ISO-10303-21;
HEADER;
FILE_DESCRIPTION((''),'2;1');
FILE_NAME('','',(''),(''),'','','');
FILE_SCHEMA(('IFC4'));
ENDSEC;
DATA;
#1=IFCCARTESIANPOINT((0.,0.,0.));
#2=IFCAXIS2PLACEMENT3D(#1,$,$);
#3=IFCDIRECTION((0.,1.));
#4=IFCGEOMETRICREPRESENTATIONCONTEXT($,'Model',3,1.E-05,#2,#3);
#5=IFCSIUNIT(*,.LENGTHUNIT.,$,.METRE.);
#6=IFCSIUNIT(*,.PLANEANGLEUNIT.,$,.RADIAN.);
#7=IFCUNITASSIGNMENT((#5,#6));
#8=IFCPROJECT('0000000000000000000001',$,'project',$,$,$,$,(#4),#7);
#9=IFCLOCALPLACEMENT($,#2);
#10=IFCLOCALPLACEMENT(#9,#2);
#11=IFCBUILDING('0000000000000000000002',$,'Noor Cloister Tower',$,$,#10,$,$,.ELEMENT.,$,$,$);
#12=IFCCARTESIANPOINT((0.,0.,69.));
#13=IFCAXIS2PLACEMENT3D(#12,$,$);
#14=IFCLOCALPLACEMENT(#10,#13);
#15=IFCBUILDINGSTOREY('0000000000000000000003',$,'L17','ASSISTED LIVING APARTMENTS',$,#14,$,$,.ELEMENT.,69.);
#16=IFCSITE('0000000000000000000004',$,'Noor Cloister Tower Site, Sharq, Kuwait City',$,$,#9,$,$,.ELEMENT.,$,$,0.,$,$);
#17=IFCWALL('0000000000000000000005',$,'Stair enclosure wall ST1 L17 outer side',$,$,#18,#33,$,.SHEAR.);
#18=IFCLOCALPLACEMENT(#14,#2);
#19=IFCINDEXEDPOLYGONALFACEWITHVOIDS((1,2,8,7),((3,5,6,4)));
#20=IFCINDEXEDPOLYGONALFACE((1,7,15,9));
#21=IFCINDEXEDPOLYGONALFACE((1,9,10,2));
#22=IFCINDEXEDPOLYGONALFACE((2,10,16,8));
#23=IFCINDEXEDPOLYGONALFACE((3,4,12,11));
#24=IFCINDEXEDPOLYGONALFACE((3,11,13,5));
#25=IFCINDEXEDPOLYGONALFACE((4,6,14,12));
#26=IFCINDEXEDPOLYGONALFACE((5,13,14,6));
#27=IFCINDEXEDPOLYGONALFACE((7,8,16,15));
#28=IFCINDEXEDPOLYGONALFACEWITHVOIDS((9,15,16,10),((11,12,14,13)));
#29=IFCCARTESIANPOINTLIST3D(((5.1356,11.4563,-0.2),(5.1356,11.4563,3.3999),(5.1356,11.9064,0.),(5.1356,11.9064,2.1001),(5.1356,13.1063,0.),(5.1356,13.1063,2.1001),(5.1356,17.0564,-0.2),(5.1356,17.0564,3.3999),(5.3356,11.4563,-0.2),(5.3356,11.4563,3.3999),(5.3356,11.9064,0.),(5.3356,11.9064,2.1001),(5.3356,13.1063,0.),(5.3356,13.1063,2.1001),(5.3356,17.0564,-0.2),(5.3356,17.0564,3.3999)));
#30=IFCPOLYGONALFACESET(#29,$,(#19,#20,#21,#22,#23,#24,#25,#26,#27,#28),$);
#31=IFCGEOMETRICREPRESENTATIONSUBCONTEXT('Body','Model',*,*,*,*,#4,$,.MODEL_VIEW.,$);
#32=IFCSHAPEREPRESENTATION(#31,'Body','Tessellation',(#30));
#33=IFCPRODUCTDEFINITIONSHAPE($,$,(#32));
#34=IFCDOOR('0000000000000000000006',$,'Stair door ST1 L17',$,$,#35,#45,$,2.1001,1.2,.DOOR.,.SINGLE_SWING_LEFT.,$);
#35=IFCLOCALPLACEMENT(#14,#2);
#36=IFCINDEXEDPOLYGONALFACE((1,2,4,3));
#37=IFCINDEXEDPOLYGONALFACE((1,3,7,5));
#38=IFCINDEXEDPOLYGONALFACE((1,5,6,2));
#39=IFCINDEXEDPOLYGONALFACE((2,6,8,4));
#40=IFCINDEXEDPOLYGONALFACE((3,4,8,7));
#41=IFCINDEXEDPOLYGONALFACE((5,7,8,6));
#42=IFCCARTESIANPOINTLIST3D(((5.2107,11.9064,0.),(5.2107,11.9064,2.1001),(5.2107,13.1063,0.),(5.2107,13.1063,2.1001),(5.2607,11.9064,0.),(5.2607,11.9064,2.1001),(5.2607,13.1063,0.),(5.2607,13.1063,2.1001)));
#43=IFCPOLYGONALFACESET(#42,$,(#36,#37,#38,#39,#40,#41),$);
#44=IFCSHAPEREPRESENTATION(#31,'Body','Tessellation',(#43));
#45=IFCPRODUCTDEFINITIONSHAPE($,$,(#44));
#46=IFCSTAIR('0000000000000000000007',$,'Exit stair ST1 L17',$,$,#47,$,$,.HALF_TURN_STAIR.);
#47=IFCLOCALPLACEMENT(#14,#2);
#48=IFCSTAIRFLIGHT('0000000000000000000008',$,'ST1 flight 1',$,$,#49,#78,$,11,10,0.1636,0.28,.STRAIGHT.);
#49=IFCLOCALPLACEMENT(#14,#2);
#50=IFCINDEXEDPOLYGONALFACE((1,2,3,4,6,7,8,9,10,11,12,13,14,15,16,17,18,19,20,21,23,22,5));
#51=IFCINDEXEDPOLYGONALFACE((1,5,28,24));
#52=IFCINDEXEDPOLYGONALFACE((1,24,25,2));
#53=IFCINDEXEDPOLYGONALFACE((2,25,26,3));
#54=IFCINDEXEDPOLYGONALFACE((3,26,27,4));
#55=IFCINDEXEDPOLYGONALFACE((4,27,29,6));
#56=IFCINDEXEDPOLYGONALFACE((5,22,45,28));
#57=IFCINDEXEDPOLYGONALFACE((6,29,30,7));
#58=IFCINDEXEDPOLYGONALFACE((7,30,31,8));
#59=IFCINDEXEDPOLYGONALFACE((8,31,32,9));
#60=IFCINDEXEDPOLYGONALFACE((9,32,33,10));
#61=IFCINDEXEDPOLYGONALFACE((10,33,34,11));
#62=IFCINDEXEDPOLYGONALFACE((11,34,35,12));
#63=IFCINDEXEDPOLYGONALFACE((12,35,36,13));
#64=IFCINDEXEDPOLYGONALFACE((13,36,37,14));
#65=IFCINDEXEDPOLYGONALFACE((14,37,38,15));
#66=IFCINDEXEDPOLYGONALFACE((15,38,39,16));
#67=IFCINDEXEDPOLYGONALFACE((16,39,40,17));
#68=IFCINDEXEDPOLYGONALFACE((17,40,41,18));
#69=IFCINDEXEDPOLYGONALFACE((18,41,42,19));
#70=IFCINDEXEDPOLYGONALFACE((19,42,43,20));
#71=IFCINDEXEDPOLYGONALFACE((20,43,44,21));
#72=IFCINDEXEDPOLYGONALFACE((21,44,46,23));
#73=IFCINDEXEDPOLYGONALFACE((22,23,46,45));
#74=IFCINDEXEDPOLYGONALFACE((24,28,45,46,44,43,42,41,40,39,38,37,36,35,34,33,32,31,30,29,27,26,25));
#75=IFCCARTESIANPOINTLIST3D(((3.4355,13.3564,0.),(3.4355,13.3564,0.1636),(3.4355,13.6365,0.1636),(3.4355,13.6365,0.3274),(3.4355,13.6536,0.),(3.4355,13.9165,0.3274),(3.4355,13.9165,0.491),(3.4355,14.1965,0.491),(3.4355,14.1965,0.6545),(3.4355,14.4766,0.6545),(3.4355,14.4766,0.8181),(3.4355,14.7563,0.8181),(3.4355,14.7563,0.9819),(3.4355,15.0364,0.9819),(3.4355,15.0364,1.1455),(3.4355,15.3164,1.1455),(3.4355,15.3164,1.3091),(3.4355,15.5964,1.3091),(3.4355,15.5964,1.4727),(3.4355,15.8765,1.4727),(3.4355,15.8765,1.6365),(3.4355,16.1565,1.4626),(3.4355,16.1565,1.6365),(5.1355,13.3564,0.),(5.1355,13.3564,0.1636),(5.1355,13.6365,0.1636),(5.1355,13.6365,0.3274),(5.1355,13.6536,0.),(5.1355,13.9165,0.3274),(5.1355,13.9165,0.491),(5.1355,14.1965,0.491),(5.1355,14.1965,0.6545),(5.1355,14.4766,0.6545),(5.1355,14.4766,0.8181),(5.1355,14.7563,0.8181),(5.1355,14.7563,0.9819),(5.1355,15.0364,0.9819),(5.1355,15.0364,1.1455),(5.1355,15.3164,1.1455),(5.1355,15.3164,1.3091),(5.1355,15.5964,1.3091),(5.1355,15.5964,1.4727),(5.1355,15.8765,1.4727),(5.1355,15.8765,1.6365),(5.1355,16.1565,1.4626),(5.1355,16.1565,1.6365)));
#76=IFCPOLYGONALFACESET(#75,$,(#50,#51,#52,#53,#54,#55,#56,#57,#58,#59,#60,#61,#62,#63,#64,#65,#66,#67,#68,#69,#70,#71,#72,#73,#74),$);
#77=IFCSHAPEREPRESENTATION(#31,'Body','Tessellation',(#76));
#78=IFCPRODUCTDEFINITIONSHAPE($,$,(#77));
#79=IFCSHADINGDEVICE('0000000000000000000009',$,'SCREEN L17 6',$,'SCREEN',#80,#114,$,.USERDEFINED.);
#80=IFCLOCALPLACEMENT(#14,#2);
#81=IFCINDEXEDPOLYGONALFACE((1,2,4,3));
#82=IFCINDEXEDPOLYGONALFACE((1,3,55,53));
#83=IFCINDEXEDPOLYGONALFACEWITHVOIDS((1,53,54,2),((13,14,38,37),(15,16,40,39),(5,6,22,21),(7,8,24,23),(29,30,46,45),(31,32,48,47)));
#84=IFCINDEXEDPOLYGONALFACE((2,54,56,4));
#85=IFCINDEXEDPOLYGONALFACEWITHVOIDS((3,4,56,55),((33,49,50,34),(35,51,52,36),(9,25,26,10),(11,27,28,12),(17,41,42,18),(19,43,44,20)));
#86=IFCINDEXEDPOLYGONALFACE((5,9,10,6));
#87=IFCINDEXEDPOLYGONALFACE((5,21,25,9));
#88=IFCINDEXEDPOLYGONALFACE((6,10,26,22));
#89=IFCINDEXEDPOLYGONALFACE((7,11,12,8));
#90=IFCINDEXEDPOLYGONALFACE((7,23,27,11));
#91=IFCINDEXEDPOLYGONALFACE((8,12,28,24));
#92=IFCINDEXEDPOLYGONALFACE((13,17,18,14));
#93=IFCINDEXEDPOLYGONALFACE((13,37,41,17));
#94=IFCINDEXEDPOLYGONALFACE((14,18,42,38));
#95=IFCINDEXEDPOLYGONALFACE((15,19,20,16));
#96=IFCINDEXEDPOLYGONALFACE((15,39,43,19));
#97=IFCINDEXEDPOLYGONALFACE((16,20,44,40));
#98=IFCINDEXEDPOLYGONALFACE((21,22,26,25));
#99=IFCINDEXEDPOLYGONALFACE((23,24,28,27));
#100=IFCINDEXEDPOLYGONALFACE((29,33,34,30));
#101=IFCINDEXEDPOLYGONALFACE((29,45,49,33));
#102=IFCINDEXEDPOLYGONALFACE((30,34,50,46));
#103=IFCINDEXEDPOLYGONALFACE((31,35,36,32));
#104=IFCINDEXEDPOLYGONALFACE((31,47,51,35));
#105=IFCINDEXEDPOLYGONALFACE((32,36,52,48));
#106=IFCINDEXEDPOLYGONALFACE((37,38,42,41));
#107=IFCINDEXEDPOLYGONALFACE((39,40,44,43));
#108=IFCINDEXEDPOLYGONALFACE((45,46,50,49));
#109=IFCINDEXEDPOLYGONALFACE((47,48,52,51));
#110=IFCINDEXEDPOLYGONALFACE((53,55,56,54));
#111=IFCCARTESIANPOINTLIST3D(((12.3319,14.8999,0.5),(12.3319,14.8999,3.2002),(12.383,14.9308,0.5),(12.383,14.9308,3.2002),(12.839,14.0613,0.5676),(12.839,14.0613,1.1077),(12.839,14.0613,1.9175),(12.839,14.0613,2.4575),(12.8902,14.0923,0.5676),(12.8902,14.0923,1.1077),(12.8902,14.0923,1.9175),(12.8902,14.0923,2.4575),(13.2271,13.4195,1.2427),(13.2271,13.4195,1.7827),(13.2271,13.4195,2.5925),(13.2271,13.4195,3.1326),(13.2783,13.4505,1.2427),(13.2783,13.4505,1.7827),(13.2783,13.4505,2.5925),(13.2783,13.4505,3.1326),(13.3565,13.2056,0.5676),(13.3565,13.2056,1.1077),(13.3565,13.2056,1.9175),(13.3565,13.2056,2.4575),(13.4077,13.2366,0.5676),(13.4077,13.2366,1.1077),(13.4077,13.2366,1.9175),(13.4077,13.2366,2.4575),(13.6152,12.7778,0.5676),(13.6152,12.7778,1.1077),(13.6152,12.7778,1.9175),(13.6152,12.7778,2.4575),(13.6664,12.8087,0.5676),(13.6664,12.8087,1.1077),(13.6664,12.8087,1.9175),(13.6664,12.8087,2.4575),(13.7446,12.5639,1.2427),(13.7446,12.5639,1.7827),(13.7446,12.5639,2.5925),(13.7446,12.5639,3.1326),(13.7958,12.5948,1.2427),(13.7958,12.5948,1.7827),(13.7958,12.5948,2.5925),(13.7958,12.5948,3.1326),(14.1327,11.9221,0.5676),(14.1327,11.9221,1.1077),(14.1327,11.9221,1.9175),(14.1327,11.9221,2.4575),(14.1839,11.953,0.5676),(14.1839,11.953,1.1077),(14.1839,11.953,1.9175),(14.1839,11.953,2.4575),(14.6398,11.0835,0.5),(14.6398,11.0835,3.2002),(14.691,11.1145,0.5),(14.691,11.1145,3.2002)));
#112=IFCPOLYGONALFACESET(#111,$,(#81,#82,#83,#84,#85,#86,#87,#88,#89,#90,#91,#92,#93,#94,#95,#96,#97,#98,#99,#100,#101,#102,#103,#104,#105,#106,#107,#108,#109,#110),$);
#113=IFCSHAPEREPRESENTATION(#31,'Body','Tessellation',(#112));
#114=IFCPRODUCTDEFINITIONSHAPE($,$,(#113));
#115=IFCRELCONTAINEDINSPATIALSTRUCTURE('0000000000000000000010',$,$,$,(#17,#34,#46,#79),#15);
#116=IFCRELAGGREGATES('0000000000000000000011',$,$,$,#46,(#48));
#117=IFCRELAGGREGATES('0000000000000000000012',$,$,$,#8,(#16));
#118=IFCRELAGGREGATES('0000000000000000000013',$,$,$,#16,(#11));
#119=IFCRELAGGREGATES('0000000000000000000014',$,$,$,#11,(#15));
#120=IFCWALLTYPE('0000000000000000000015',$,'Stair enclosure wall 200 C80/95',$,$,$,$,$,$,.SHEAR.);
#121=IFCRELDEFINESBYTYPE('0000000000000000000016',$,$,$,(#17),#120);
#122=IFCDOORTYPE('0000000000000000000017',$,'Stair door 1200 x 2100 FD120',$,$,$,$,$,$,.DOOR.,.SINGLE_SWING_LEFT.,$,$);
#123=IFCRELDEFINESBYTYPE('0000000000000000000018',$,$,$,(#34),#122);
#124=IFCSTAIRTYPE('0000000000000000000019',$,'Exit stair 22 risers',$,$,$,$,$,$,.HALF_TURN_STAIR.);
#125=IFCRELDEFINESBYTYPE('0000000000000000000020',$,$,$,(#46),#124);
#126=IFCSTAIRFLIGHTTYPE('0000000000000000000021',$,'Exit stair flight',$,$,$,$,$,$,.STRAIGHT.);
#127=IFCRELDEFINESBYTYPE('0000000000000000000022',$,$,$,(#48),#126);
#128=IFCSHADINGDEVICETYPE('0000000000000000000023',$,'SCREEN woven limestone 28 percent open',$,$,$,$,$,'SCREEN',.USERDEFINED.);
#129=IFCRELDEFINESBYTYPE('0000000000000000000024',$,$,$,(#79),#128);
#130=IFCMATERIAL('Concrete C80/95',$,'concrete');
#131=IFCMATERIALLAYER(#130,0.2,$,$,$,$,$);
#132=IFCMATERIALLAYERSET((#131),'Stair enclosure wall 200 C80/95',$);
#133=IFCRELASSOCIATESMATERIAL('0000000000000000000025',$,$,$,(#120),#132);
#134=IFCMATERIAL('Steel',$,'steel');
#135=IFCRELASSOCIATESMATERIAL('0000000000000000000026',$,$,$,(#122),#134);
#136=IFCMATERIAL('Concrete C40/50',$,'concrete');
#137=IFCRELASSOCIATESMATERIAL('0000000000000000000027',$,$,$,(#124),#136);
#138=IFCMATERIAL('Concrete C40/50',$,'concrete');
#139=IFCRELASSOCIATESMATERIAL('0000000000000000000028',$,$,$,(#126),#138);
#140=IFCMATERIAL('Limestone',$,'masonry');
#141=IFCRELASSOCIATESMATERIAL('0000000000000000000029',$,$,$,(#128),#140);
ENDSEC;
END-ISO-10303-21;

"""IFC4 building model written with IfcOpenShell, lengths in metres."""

from ifc_helpers import new_model, si_unit, direction, frame, frame_2d, origin, place, context, subcontext, project, spatial, polyline, rectangle, outline, extrude, material, layer, layer_set, material_profile, profile_set, type_object, element, fill, aggregate, save


model = new_model("IFC4")

# Units and contexts
model_context = context("Model", 3, precision=1e-05, world=origin(), true_north=direction((0.0, 1.0)))
body_context = subcontext(model_context, "Body", "Model", "MODEL_VIEW")
ifc_project = project(units=[si_unit("LENGTHUNIT", "METRE"), si_unit("PLANEANGLEUNIT", "RADIAN")], contexts=[model_context])

# Site, building, storey
site_placement = place(None, origin())
site = spatial("IfcSite", under=ifc_project, at=site_placement, Name="Noor Cloister Tower Site, Sharq, Kuwait City", CompositionType="ELEMENT", RefElevation=0.0)
building_placement = place(site_placement, origin())
building = spatial("IfcBuilding", under=site, at=building_placement, Name="Noor Cloister Tower", CompositionType="ELEMENT")
storey_placement = place(building_placement, frame((0.0, 0.0, 69.0)))
storey = spatial("IfcBuildingStorey", under=building, at=storey_placement, Name="L17", Description="ASSISTED LIVING APARTMENTS", CompositionType="ELEMENT", Elevation=69.0)

# Wall, opening, door
ifc_material_1 = material(Name="Concrete C80/95", Category="concrete")
ifc_layer_1 = layer(ifc_material_1, 0.2)
ifc_layer_set_1 = layer_set([ifc_layer_1], Name="Stair enclosure wall 200 C80/95")
wall_type_1 = type_object("IfcWallType", Name="Stair enclosure wall 200 C80/95", PredefinedType="SHEAR", material=ifc_layer_set_1)
ifc_material_2 = material(Name="Steel", Category="steel")
door_type_1 = type_object("IfcDoorType", Name="Stair door 1200 x 2100 FD120", OperationType="SINGLE_SWING_LEFT", PredefinedType="DOOR", material=ifc_material_2)
wall_1_placement = place(storey_placement, frame((5.2356, 11.4563, -0.2), z_axis=(0.0, 0.0, 1.0), x_axis=(0.0, 1.0, 0.0)))
wall_1 = element("IfcWall", 1, at=wall_1_placement, inside=storey, type_object=wall_type_1, Name="Stair enclosure wall ST1 L17 outer side", PredefinedType="SHEAR", context=body_context, shape_type="SweptSolid", body=[
    extrude(rectangle(XDim=5.6001, YDim=0.2, at=frame_2d((2.8, 0.0))), origin(), (0.0, 0.0, 1.0), 3.5999),
])
opening_1_placement = place(wall_1_placement, frame((0.45, 0.0, 0.2)))
opening_1 = element("IfcOpeningElement", 2, at=opening_1_placement, cuts=wall_1, PredefinedType="OPENING", context=body_context, shape_type="SweptSolid", body=[
    extrude(rectangle(XDim=1.2, YDim=2.1001, at=frame_2d((0.6001, 1.05))), frame((0.0, 0.1099, 0.0), z_axis=(0.0, -1.0, 0.0), x_axis=(1.0, 0.0, 0.0)), (0.0, 0.0, 1.0), 0.22),
])
door_1_placement = place(opening_1_placement, origin())
door_1 = element("IfcDoor", 3, at=door_1_placement, inside=storey, type_object=door_type_1, Name="Stair door ST1 L17", OperationType="SINGLE_SWING_LEFT", OverallHeight=2.1001, OverallWidth=1.2, PredefinedType="DOOR", context=body_context, shape_type="SweptSolid", body=[
    extrude(rectangle(XDim=1.2, YDim=2.1001, at=frame_2d((0.6001, 1.05))), frame((0.0, 0.0249, 0.0), z_axis=(0.0, -1.0, 0.0), x_axis=(1.0, 0.0, 0.0)), (0.0, 0.0, 1.0), 0.05),
])
fill(opening_1, door_1)

# Stair, stair flight
ifc_material_3 = material(Name="Concrete C40/50", Category="concrete")
stair_type = type_object("IfcStairType", Name="Exit stair 22 risers", PredefinedType="HALF_TURN_STAIR", material=ifc_material_3)
stair_placement = place(storey_placement, origin())
stair = element("IfcStair", 4, at=stair_placement, inside=storey, type_object=stair_type, Name="Exit stair ST1 L17", PredefinedType="HALF_TURN_STAIR")
ifc_material_4 = material(Name="Concrete C40/50", Category="concrete")
stair_flight_type = type_object("IfcStairFlightType", Name="Exit stair flight", PredefinedType="STRAIGHT", material=ifc_material_4)
stair_flight_placement = place(storey_placement, frame((4.2856, 13.3564, 0.0), z_axis=(0.0, 0.0, 1.0), x_axis=(0.0, 1.0, 0.0)))
stair_flight = element("IfcStairFlight", 5, at=stair_flight_placement, type_object=stair_flight_type, Name="ST1 flight 1", NumberOfRisers=11, NumberOfTreads=10, PredefinedType="STRAIGHT", RiserHeight=0.1636, TreadLength=0.28, context=body_context, shape_type="SweptSolid", body=[
    extrude(outline(polyline([(0.0, 0.0), (0.0, 0.1636), (0.28, 0.1636), (0.28, 0.3274), (0.5601, 0.3274), (0.5601, 0.491), (0.8401, 0.491), (0.8401, 0.6545), (1.1201, 0.6545), (1.1201, 0.8181), (1.3999, 0.8181), (1.3999, 0.9819), (1.6799, 0.9819), (1.6799, 1.1455), (1.96, 1.1455), (1.96, 1.3091), (2.24, 1.3091), (2.24, 1.4727), (2.52, 1.4727), (2.52, 1.6365), (2.8, 1.6365), (2.8, 1.8), (2.8, 1.4626), (0.2971, 0.0), (0.0, 0.0)])), frame((0.0, 0.8501, 0.0), z_axis=(0.0, -1.0, 0.0), x_axis=(1.0, 0.0, 0.0)), (0.0, 0.0, 1.0), 1.7),
])
aggregate(stair, [stair_flight])

# Shading device
ifc_material_5 = material(Name="Limestone", Category="masonry")
ifc_material_profile_1 = material_profile(ifc_material_5, outline(polyline([(-2.23, -1.3501), (2.23, -1.3501), (2.23, 1.3501), (-2.23, 1.3501), (-2.23, -1.3501)]), holes=[polyline([(-1.25, -1.2825), (-0.25, -1.2825), (-0.25, -0.7424), (-1.25, -0.7424), (-1.25, -1.2825)]), polyline([(0.25, -1.2825), (1.25, -1.2825), (1.25, -0.7424), (0.25, -0.7424), (0.25, -1.2825)]), polyline([(-0.5, -0.6074), (0.5, -0.6074), (0.5, -0.0674), (-0.5, -0.0674), (-0.5, -0.6074)]), polyline([(-1.25, 0.0674), (-0.25, 0.0674), (-0.25, 0.6074), (-1.25, 0.6074), (-1.25, 0.0674)]), polyline([(0.25, 0.0674), (1.25, 0.0674), (1.25, 0.6074), (0.25, 0.6074), (0.25, 0.0674)]), polyline([(-0.5, 0.7424), (0.5, 0.7424), (0.5, 1.2825), (-0.5, 1.2825), (-0.5, 0.7424)])]), Name="Woven screen 28 percent open")
ifc_profile_set_1 = profile_set([ifc_material_profile_1], Name="Limestone")
shading_device_type = type_object("IfcShadingDeviceType", Name="SCREEN woven limestone 28 percent open", ElementType="SCREEN", PredefinedType="USERDEFINED", material=ifc_profile_set_1)
shading_device_placement = place(storey_placement, frame((13.4858, 12.9917, 1.8501), z_axis=(0.85569, 0.517489, 0.0), x_axis=(-0.517489, 0.85569, 0.0)))
element("IfcShadingDevice", 6, at=shading_device_placement, inside=storey, type_object=shading_device_type, Name="SCREEN L17 6", ObjectType="SCREEN", PredefinedType="USERDEFINED", context=body_context, shape_type="SweptSolid", body=[
    extrude(outline(polyline([(-2.23, -1.3501), (2.23, -1.3501), (2.23, 1.3501), (-2.23, 1.3501), (-2.23, -1.3501)]), holes=[polyline([(-1.25, -1.2825), (-0.25, -1.2825), (-0.25, -0.7424), (-1.25, -0.7424), (-1.25, -1.2825)]), polyline([(0.25, -1.2825), (1.25, -1.2825), (1.25, -0.7424), (0.25, -0.7424), (0.25, -1.2825)]), polyline([(-0.5, -0.6074), (0.5, -0.6074), (0.5, -0.0674), (-0.5, -0.0674), (-0.5, -0.6074)]), polyline([(-1.25, 0.0674), (-0.25, 0.0674), (-0.25, 0.6074), (-1.25, 0.6074), (-1.25, 0.0674)]), polyline([(0.25, 0.0674), (1.25, 0.0674), (1.25, 0.6074), (0.25, 0.6074), (0.25, 0.0674)]), polyline([(-0.5, 0.7424), (0.5, 0.7424), (0.5, 1.2825), (-0.5, 1.2825), (-0.5, 0.7424)])]), origin(), (0.0, 0.0, 1.0), 0.0598),
])

save(model, "model.ifc")
